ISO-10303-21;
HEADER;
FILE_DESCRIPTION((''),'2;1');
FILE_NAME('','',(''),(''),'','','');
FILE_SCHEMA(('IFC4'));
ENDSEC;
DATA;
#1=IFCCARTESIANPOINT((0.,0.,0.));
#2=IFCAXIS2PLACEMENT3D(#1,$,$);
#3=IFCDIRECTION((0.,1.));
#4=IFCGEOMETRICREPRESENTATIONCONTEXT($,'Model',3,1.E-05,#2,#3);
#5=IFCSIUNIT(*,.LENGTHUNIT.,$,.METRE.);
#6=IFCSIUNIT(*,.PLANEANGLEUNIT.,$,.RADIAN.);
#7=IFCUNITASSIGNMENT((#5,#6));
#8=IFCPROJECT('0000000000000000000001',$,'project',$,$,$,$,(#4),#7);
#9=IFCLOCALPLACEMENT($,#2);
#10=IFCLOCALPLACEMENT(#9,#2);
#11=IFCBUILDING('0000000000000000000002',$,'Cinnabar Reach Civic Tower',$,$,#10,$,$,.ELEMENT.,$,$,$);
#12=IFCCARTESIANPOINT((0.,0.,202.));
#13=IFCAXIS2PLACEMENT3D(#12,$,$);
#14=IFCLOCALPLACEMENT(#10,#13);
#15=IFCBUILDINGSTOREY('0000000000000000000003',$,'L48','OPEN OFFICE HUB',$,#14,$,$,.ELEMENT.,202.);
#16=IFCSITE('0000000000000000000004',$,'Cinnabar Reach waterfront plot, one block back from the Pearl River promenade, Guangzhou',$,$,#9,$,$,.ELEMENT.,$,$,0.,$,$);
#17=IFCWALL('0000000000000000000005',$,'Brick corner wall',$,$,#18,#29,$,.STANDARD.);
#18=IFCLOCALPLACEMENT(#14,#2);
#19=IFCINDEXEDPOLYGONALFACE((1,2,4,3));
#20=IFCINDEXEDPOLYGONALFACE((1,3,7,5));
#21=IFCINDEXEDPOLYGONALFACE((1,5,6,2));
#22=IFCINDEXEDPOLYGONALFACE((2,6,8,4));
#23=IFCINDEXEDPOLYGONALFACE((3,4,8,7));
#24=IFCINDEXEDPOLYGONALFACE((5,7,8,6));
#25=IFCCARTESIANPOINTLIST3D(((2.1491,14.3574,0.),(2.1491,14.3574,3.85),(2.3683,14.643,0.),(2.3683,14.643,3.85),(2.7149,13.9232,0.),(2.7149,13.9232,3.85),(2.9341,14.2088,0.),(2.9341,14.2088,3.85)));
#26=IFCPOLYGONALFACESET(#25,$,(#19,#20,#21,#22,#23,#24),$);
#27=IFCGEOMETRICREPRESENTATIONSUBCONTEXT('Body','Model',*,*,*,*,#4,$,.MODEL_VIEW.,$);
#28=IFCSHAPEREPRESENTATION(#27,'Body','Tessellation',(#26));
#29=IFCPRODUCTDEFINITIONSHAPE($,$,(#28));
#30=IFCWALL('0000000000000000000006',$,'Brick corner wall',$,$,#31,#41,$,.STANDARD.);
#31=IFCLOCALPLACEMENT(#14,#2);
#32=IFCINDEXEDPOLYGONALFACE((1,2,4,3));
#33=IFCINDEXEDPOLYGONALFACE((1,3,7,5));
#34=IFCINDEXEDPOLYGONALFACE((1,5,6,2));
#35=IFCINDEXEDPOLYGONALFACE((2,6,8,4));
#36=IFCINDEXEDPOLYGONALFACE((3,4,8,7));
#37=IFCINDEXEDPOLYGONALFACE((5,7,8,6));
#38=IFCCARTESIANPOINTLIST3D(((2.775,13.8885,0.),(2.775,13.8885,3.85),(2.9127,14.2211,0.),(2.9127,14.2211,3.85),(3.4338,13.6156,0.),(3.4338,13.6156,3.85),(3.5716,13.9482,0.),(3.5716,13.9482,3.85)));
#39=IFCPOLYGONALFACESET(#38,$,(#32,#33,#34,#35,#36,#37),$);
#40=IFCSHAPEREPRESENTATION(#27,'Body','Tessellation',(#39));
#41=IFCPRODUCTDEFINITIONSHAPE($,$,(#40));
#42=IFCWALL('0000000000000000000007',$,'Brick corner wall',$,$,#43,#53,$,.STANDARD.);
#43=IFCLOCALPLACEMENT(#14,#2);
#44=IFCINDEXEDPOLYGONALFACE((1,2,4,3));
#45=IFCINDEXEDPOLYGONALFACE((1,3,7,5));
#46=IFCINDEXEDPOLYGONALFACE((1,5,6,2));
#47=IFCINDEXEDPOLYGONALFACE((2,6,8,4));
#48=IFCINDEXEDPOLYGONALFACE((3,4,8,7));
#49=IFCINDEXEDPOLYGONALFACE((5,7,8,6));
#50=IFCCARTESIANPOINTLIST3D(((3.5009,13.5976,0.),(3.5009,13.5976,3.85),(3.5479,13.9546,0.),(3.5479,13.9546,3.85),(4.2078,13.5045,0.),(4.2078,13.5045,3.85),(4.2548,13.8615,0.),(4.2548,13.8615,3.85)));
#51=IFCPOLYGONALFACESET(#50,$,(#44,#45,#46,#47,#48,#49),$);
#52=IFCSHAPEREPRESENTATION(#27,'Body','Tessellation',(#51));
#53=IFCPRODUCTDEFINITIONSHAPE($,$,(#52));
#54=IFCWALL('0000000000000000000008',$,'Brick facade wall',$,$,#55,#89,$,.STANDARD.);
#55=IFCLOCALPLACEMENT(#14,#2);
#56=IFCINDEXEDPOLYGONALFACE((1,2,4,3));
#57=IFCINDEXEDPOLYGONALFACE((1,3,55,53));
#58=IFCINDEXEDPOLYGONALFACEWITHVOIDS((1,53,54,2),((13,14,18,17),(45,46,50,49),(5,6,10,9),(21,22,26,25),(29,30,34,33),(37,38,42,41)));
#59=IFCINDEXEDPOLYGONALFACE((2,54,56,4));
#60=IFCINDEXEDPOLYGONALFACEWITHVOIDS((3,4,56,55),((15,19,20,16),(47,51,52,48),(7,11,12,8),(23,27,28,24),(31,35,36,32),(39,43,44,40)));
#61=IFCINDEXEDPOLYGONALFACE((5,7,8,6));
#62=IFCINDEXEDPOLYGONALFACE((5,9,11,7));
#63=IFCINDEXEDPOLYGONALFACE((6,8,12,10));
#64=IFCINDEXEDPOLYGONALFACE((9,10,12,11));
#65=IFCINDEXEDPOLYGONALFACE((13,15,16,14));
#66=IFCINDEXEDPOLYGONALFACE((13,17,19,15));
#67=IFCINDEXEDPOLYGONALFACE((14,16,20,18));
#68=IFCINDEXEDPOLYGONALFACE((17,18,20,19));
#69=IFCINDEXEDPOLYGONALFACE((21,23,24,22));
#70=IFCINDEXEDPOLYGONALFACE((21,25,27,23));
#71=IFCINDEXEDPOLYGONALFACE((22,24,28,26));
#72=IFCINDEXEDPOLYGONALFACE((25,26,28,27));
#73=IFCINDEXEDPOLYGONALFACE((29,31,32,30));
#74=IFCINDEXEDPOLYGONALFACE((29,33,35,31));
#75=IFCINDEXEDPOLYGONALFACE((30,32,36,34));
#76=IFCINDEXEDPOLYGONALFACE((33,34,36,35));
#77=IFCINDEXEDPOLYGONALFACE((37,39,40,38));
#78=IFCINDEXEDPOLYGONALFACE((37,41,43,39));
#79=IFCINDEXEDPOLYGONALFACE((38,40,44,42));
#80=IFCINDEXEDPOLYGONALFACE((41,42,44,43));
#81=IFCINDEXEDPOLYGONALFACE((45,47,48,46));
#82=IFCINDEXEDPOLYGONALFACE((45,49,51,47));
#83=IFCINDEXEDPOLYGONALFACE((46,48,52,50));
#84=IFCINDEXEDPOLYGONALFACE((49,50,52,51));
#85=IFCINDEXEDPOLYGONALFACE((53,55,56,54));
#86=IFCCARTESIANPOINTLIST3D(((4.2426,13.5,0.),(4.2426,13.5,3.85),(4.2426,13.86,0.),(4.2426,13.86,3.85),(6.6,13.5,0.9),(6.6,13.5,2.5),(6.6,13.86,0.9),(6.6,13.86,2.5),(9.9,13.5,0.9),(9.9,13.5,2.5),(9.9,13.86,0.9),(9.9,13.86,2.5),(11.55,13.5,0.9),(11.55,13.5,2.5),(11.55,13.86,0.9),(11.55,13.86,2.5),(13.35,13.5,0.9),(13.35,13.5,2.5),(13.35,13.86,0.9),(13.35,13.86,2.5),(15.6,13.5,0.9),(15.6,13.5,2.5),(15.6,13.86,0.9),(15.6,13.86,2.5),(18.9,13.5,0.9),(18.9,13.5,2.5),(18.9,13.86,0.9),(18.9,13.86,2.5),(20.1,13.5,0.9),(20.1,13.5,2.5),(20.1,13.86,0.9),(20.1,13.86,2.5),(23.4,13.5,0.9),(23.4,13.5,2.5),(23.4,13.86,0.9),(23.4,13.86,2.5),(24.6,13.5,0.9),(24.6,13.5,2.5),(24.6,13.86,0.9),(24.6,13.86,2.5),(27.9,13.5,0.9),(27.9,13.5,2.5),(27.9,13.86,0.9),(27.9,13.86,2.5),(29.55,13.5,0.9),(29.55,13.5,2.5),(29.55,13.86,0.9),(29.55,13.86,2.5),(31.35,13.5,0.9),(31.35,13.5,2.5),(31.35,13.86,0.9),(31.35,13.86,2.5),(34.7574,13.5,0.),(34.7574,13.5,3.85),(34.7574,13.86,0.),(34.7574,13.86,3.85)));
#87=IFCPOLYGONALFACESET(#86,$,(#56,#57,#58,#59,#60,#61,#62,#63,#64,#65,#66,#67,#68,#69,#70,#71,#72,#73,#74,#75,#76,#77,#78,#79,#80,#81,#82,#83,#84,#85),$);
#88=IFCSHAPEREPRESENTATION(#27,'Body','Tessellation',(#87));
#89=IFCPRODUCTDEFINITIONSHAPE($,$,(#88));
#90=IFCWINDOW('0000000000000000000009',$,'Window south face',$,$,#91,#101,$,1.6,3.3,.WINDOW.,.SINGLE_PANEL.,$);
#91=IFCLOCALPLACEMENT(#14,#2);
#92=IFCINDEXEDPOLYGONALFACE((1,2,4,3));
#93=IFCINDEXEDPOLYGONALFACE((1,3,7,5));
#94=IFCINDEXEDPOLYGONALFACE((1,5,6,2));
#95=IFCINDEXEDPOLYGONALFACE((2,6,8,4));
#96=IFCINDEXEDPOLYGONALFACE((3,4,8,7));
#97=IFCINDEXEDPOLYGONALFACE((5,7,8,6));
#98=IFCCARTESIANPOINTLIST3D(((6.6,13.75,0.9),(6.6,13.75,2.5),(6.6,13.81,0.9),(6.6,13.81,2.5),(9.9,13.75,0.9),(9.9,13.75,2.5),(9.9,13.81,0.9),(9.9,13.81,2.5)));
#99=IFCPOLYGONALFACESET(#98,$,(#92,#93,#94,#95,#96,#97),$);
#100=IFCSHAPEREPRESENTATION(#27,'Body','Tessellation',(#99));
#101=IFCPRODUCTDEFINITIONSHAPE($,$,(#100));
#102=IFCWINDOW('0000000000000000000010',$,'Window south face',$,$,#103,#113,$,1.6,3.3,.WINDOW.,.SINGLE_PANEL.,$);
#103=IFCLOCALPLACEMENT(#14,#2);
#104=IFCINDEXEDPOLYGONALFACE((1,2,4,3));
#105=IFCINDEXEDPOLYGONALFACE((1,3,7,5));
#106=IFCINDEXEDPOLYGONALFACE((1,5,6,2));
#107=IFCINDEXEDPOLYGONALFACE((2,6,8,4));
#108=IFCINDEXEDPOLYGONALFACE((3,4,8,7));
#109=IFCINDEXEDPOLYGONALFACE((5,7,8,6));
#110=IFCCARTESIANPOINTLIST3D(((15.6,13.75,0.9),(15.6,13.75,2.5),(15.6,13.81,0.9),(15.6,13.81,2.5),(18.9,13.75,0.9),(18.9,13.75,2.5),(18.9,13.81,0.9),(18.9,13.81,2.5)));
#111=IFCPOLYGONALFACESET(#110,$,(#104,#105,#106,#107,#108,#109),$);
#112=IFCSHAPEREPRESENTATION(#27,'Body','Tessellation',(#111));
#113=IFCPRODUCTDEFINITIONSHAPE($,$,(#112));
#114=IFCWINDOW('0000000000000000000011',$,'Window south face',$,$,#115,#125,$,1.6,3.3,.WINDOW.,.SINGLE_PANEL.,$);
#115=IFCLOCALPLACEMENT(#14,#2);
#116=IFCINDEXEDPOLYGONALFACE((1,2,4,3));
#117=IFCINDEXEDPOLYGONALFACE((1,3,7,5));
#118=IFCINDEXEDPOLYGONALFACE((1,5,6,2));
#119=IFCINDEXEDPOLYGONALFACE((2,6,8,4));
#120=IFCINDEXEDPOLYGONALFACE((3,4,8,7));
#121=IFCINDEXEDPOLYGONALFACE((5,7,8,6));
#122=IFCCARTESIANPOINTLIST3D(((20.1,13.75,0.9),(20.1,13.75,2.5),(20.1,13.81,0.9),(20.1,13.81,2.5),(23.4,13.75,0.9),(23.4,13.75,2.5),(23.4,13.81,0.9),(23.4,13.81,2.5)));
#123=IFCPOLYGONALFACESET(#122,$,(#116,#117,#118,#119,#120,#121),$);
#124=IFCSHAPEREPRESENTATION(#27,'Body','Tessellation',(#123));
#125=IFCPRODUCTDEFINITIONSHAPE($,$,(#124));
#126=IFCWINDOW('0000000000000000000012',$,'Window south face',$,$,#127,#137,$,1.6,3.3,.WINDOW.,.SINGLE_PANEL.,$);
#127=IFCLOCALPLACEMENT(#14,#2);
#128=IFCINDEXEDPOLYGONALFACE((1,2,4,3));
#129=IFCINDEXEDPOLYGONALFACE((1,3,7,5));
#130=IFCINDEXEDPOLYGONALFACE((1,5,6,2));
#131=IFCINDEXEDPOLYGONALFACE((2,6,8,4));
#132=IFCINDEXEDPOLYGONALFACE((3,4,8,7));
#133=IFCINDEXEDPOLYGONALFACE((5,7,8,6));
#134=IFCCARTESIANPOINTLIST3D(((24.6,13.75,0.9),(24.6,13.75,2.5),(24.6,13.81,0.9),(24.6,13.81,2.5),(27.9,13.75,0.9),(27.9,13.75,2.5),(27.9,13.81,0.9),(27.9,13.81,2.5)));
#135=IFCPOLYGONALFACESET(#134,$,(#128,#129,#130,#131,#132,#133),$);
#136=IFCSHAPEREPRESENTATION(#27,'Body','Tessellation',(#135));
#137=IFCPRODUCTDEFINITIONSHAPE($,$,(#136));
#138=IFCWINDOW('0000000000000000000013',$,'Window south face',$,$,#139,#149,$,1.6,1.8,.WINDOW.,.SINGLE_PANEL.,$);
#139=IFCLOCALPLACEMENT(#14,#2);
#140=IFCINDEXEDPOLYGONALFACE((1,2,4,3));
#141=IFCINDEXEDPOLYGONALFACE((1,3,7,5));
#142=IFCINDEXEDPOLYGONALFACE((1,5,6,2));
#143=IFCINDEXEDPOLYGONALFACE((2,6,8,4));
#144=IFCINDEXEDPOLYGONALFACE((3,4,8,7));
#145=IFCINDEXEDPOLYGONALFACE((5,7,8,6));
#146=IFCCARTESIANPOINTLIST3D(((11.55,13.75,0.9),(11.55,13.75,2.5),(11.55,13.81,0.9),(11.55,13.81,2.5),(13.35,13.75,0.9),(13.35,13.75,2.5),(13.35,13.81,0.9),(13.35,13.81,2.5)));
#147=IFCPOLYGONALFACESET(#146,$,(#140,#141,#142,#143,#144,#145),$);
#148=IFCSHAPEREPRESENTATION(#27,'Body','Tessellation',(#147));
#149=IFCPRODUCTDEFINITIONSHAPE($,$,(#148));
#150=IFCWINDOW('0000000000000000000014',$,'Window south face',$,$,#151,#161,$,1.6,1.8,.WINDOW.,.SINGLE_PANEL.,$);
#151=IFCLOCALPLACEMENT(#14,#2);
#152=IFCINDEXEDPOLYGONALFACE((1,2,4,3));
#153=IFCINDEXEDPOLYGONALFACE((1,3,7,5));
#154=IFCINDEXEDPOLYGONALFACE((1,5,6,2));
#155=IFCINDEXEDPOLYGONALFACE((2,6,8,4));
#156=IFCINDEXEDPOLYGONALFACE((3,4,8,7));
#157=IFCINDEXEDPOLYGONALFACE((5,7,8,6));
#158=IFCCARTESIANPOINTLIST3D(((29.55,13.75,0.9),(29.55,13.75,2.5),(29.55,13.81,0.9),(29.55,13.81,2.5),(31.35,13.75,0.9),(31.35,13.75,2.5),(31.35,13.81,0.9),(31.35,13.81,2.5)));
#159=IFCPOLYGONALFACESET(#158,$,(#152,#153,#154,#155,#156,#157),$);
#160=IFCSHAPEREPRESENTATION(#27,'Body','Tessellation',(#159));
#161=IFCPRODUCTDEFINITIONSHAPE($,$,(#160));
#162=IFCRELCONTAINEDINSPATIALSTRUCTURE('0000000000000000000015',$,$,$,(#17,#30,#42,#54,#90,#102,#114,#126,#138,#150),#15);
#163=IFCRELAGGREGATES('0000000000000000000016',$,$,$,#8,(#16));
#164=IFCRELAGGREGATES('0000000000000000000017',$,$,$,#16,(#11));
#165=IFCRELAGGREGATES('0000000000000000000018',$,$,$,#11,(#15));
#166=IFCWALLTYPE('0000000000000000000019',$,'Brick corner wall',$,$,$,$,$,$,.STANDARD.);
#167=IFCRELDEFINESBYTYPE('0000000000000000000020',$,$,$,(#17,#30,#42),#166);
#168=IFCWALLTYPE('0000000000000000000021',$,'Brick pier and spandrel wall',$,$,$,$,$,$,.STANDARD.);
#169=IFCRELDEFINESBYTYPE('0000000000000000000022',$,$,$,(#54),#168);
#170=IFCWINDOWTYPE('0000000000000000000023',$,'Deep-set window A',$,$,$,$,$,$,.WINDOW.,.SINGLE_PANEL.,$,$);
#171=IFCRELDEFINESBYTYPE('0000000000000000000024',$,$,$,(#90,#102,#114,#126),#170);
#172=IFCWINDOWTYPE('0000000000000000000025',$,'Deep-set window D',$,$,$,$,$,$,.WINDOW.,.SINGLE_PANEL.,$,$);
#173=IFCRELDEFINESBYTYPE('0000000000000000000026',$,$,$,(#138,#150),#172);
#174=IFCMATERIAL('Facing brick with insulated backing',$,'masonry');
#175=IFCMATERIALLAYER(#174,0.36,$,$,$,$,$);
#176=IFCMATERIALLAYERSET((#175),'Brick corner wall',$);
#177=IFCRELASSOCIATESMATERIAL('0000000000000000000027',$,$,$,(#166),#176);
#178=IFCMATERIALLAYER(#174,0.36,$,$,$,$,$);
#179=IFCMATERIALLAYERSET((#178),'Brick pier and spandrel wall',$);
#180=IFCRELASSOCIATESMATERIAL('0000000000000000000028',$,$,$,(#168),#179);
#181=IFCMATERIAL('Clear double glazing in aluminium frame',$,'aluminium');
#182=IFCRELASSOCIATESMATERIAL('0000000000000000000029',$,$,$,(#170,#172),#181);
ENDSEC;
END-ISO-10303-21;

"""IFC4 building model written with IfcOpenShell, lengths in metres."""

from ifc_helpers import new_model, si_unit, direction, frame, frame_2d, origin, place, context, subcontext, project, spatial, rectangle, extrude, material, layer, layer_set, type_object, element, fill, save


model = new_model("IFC4")

# Units and contexts
model_context = context("Model", 3, precision=1e-05, world=origin(), true_north=direction((0.0, 1.0)))
body_context = subcontext(model_context, "Body", "Model", "MODEL_VIEW")
ifc_project = project(units=[si_unit("LENGTHUNIT", "METRE"), si_unit("PLANEANGLEUNIT", "RADIAN")], contexts=[model_context])

# Site, building, storey
site_placement = place(None, origin())
site = spatial("IfcSite", under=ifc_project, at=site_placement, Name="Cinnabar Reach waterfront plot, one block back from the Pearl River promenade, Guangzhou", CompositionType="ELEMENT", RefElevation=0.0)
building_placement = place(site_placement, origin())
building = spatial("IfcBuilding", under=site, at=building_placement, Name="Cinnabar Reach Civic Tower", CompositionType="ELEMENT")
storey_placement = place(building_placement, frame((0.0, 0.0, 202.0)))
storey = spatial("IfcBuildingStorey", under=building, at=storey_placement, Name="L48", Description="OPEN OFFICE HUB", CompositionType="ELEMENT", Elevation=202.0)

# Walls
ifc_material_1 = material(Name="Facing brick with insulated backing", Category="masonry")
ifc_layer_1 = layer(ifc_material_1, 0.36)
ifc_layer_set_1 = layer_set([ifc_layer_1], Name="Brick corner wall")
wall_type_1 = type_object("IfcWallType", Name="Brick corner wall", PredefinedType="STANDARD", material=ifc_layer_set_1)
wall_1_placement = place(storey_placement, frame((2.2587, 14.5002, 0.0), z_axis=(0.0, 0.0, 1.0), x_axis=(0.793322, -0.608802, 0.0)))
element("IfcWall", 1, at=wall_1_placement, inside=storey, type_object=wall_type_1, Name="Brick corner wall", PredefinedType="STANDARD", context=body_context, shape_type="SweptSolid", body=[
    extrude(rectangle(XDim=0.7132, YDim=0.36, at=frame_2d((0.3566, 0.0))), origin(), (0.0, 0.0, 1.0), 3.85),
])
for number, where, z_axis, x_axis, name in (
    (2, (2.8439, 14.0548, 0.0), (0.0, 0.0, 1.0), (0.923872, -0.382703, 0.0), "Brick corner wall"),
    (3, (3.5244, 13.7761, 0.0), (0.0, 0.0, 1.0), (0.991441, -0.130556, 0.0), "Brick corner wall"),
):
    element("IfcWall", number, at=place(storey_placement, frame(where, z_axis=z_axis, x_axis=x_axis)), inside=storey, type_object=wall_type_1, Name=name, PredefinedType="STANDARD", context=body_context, shape_type="SweptSolid", body=[
        extrude(rectangle(XDim=0.7131, YDim=0.36, at=frame_2d((0.3565, 0.0))), origin(), (0.0, 0.0, 1.0), 3.85),
    ])

# Wall, openings, windows
ifc_layer_2 = layer(ifc_material_1, 0.36)
ifc_layer_set_2 = layer_set([ifc_layer_2], Name="Brick pier and spandrel wall")
wall_type_2 = type_object("IfcWallType", Name="Brick pier and spandrel wall", PredefinedType="STANDARD", material=ifc_layer_set_2)
wall_2_placement = place(storey_placement, frame((4.2426, 13.68, 0.0), z_axis=(0.0, 0.0, 1.0), x_axis=(1.0, 0.0, 0.0)))
wall_2 = element("IfcWall", 4, at=wall_2_placement, inside=storey, type_object=wall_type_2, Name="Brick facade wall", PredefinedType="STANDARD", context=body_context, shape_type="SweptSolid", body=[
    extrude(rectangle(XDim=30.5148, YDim=0.36, at=frame_2d((15.2574, 0.0))), origin(), (0.0, 0.0, 1.0), 3.85),
])
opening_1_placement = place(wall_2_placement, frame((2.3574, 0.0, 0.9)))
opening_1 = element("IfcOpeningElement", 5, at=opening_1_placement, cuts=wall_2, PredefinedType="OPENING", context=body_context, shape_type="SweptSolid", body=[
    extrude(rectangle(XDim=3.3, YDim=1.6, at=frame_2d((1.65, 0.8))), frame((0.0, 0.19, 0.0), z_axis=(0.0, -1.0, 0.0), x_axis=(1.0, 0.0, 0.0)), (0.0, 0.0, 1.0), 0.38),
])
opening_2_placement = place(wall_2_placement, frame((7.3074, 0.0, 0.9)))
opening_2 = element("IfcOpeningElement", 6, at=opening_2_placement, cuts=wall_2, PredefinedType="OPENING", context=body_context, shape_type="SweptSolid", body=[
    extrude(rectangle(XDim=1.8, YDim=1.6, at=frame_2d((0.9, 0.8))), frame((0.0, 0.19, 0.0), z_axis=(0.0, -1.0, 0.0), x_axis=(1.0, 0.0, 0.0)), (0.0, 0.0, 1.0), 0.38),
])
opening_3_placement = place(wall_2_placement, frame((11.3574, 0.0, 0.9)))
opening_3 = element("IfcOpeningElement", 7, at=opening_3_placement, cuts=wall_2, PredefinedType="OPENING", context=body_context, shape_type="SweptSolid", body=[
    extrude(rectangle(XDim=3.3, YDim=1.6, at=frame_2d((1.65, 0.8))), frame((0.0, 0.19, 0.0), z_axis=(0.0, -1.0, 0.0), x_axis=(1.0, 0.0, 0.0)), (0.0, 0.0, 1.0), 0.38),
])
opening_4_placement = place(wall_2_placement, frame((15.8574, 0.0, 0.9)))
opening_4 = element("IfcOpeningElement", 8, at=opening_4_placement, cuts=wall_2, PredefinedType="OPENING", context=body_context, shape_type="SweptSolid", body=[
    extrude(rectangle(XDim=3.3, YDim=1.6, at=frame_2d((1.65, 0.8))), frame((0.0, 0.19, 0.0), z_axis=(0.0, -1.0, 0.0), x_axis=(1.0, 0.0, 0.0)), (0.0, 0.0, 1.0), 0.38),
])
opening_5_placement = place(wall_2_placement, frame((20.3574, 0.0, 0.9)))
opening_5 = element("IfcOpeningElement", 9, at=opening_5_placement, cuts=wall_2, PredefinedType="OPENING", context=body_context, shape_type="SweptSolid", body=[
    extrude(rectangle(XDim=3.3, YDim=1.6, at=frame_2d((1.65, 0.8))), frame((0.0, 0.19, 0.0), z_axis=(0.0, -1.0, 0.0), x_axis=(1.0, 0.0, 0.0)), (0.0, 0.0, 1.0), 0.38),
])
opening_6_placement = place(wall_2_placement, frame((25.3074, 0.0, 0.9)))
opening_6 = element("IfcOpeningElement", 10, at=opening_6_placement, cuts=wall_2, PredefinedType="OPENING", context=body_context, shape_type="SweptSolid", body=[
    extrude(rectangle(XDim=1.8, YDim=1.6, at=frame_2d((0.9, 0.8))), frame((0.0, 0.19, 0.0), z_axis=(0.0, -1.0, 0.0), x_axis=(1.0, 0.0, 0.0)), (0.0, 0.0, 1.0), 0.38),
])
ifc_material_2 = material(Name="Clear double glazing in aluminium frame", Category="aluminium")
window_type_1 = type_object("IfcWindowType", Name="Deep-set window A", PartitioningType="SINGLE_PANEL", PredefinedType="WINDOW", material=ifc_material_2)
window_1_placement = place(opening_1_placement, origin())
window_1 = element("IfcWindow", 11, at=window_1_placement, inside=storey, type_object=window_type_1, Name="Window south face", OverallHeight=1.6, OverallWidth=3.3, PartitioningType="SINGLE_PANEL", PredefinedType="WINDOW", context=body_context, shape_type="SweptSolid", body=[
    extrude(rectangle(XDim=3.3, YDim=1.6, at=frame_2d((1.65, 0.8))), frame((0.0, 0.13, 0.0), z_axis=(0.0, -1.0, 0.0), x_axis=(1.0, 0.0, 0.0)), (0.0, 0.0, 1.0), 0.06),
])
fill(opening_1, window_1)
window_2_placement = place(opening_3_placement, origin())
window_2 = element("IfcWindow", 12, at=window_2_placement, inside=storey, type_object=window_type_1, Name="Window south face", OverallHeight=1.6, OverallWidth=3.3, PartitioningType="SINGLE_PANEL", PredefinedType="WINDOW", context=body_context, shape_type="SweptSolid", body=[
    extrude(rectangle(XDim=3.3, YDim=1.6, at=frame_2d((1.65, 0.8))), frame((0.0, 0.13, 0.0), z_axis=(0.0, -1.0, 0.0), x_axis=(1.0, 0.0, 0.0)), (0.0, 0.0, 1.0), 0.06),
])
fill(opening_3, window_2)
window_3_placement = place(opening_4_placement, origin())
window_3 = element("IfcWindow", 13, at=window_3_placement, inside=storey, type_object=window_type_1, Name="Window south face", OverallHeight=1.6, OverallWidth=3.3, PartitioningType="SINGLE_PANEL", PredefinedType="WINDOW", context=body_context, shape_type="SweptSolid", body=[
    extrude(rectangle(XDim=3.3, YDim=1.6, at=frame_2d((1.65, 0.8))), frame((0.0, 0.13, 0.0), z_axis=(0.0, -1.0, 0.0), x_axis=(1.0, 0.0, 0.0)), (0.0, 0.0, 1.0), 0.06),
])
fill(opening_4, window_3)
window_4_placement = place(opening_5_placement, origin())
window_4 = element("IfcWindow", 14, at=window_4_placement, inside=storey, type_object=window_type_1, Name="Window south face", OverallHeight=1.6, OverallWidth=3.3, PartitioningType="SINGLE_PANEL", PredefinedType="WINDOW", context=body_context, shape_type="SweptSolid", body=[
    extrude(rectangle(XDim=3.3, YDim=1.6, at=frame_2d((1.65, 0.8))), frame((0.0, 0.13, 0.0), z_axis=(0.0, -1.0, 0.0), x_axis=(1.0, 0.0, 0.0)), (0.0, 0.0, 1.0), 0.06),
])
fill(opening_5, window_4)
window_type_2 = type_object("IfcWindowType", Name="Deep-set window D", PartitioningType="SINGLE_PANEL", PredefinedType="WINDOW", material=ifc_material_2)
window_5_placement = place(opening_2_placement, origin())
window_5 = element("IfcWindow", 15, at=window_5_placement, inside=storey, type_object=window_type_2, Name="Window south face", OverallHeight=1.6, OverallWidth=1.8, PartitioningType="SINGLE_PANEL", PredefinedType="WINDOW", context=body_context, shape_type="SweptSolid", body=[
    extrude(rectangle(XDim=1.8, YDim=1.6, at=frame_2d((0.9, 0.8))), frame((0.0, 0.13, 0.0), z_axis=(0.0, -1.0, 0.0), x_axis=(1.0, 0.0, 0.0)), (0.0, 0.0, 1.0), 0.06),
])
fill(opening_2, window_5)
window_6_placement = place(opening_6_placement, origin())
window_6 = element("IfcWindow", 16, at=window_6_placement, inside=storey, type_object=window_type_2, Name="Window south face", OverallHeight=1.6, OverallWidth=1.8, PartitioningType="SINGLE_PANEL", PredefinedType="WINDOW", context=body_context, shape_type="SweptSolid", body=[
    extrude(rectangle(XDim=1.8, YDim=1.6, at=frame_2d((0.9, 0.8))), frame((0.0, 0.13, 0.0), z_axis=(0.0, -1.0, 0.0), x_axis=(1.0, 0.0, 0.0)), (0.0, 0.0, 1.0), 0.06),
])
fill(opening_6, window_6)

save(model, "model.ifc")
